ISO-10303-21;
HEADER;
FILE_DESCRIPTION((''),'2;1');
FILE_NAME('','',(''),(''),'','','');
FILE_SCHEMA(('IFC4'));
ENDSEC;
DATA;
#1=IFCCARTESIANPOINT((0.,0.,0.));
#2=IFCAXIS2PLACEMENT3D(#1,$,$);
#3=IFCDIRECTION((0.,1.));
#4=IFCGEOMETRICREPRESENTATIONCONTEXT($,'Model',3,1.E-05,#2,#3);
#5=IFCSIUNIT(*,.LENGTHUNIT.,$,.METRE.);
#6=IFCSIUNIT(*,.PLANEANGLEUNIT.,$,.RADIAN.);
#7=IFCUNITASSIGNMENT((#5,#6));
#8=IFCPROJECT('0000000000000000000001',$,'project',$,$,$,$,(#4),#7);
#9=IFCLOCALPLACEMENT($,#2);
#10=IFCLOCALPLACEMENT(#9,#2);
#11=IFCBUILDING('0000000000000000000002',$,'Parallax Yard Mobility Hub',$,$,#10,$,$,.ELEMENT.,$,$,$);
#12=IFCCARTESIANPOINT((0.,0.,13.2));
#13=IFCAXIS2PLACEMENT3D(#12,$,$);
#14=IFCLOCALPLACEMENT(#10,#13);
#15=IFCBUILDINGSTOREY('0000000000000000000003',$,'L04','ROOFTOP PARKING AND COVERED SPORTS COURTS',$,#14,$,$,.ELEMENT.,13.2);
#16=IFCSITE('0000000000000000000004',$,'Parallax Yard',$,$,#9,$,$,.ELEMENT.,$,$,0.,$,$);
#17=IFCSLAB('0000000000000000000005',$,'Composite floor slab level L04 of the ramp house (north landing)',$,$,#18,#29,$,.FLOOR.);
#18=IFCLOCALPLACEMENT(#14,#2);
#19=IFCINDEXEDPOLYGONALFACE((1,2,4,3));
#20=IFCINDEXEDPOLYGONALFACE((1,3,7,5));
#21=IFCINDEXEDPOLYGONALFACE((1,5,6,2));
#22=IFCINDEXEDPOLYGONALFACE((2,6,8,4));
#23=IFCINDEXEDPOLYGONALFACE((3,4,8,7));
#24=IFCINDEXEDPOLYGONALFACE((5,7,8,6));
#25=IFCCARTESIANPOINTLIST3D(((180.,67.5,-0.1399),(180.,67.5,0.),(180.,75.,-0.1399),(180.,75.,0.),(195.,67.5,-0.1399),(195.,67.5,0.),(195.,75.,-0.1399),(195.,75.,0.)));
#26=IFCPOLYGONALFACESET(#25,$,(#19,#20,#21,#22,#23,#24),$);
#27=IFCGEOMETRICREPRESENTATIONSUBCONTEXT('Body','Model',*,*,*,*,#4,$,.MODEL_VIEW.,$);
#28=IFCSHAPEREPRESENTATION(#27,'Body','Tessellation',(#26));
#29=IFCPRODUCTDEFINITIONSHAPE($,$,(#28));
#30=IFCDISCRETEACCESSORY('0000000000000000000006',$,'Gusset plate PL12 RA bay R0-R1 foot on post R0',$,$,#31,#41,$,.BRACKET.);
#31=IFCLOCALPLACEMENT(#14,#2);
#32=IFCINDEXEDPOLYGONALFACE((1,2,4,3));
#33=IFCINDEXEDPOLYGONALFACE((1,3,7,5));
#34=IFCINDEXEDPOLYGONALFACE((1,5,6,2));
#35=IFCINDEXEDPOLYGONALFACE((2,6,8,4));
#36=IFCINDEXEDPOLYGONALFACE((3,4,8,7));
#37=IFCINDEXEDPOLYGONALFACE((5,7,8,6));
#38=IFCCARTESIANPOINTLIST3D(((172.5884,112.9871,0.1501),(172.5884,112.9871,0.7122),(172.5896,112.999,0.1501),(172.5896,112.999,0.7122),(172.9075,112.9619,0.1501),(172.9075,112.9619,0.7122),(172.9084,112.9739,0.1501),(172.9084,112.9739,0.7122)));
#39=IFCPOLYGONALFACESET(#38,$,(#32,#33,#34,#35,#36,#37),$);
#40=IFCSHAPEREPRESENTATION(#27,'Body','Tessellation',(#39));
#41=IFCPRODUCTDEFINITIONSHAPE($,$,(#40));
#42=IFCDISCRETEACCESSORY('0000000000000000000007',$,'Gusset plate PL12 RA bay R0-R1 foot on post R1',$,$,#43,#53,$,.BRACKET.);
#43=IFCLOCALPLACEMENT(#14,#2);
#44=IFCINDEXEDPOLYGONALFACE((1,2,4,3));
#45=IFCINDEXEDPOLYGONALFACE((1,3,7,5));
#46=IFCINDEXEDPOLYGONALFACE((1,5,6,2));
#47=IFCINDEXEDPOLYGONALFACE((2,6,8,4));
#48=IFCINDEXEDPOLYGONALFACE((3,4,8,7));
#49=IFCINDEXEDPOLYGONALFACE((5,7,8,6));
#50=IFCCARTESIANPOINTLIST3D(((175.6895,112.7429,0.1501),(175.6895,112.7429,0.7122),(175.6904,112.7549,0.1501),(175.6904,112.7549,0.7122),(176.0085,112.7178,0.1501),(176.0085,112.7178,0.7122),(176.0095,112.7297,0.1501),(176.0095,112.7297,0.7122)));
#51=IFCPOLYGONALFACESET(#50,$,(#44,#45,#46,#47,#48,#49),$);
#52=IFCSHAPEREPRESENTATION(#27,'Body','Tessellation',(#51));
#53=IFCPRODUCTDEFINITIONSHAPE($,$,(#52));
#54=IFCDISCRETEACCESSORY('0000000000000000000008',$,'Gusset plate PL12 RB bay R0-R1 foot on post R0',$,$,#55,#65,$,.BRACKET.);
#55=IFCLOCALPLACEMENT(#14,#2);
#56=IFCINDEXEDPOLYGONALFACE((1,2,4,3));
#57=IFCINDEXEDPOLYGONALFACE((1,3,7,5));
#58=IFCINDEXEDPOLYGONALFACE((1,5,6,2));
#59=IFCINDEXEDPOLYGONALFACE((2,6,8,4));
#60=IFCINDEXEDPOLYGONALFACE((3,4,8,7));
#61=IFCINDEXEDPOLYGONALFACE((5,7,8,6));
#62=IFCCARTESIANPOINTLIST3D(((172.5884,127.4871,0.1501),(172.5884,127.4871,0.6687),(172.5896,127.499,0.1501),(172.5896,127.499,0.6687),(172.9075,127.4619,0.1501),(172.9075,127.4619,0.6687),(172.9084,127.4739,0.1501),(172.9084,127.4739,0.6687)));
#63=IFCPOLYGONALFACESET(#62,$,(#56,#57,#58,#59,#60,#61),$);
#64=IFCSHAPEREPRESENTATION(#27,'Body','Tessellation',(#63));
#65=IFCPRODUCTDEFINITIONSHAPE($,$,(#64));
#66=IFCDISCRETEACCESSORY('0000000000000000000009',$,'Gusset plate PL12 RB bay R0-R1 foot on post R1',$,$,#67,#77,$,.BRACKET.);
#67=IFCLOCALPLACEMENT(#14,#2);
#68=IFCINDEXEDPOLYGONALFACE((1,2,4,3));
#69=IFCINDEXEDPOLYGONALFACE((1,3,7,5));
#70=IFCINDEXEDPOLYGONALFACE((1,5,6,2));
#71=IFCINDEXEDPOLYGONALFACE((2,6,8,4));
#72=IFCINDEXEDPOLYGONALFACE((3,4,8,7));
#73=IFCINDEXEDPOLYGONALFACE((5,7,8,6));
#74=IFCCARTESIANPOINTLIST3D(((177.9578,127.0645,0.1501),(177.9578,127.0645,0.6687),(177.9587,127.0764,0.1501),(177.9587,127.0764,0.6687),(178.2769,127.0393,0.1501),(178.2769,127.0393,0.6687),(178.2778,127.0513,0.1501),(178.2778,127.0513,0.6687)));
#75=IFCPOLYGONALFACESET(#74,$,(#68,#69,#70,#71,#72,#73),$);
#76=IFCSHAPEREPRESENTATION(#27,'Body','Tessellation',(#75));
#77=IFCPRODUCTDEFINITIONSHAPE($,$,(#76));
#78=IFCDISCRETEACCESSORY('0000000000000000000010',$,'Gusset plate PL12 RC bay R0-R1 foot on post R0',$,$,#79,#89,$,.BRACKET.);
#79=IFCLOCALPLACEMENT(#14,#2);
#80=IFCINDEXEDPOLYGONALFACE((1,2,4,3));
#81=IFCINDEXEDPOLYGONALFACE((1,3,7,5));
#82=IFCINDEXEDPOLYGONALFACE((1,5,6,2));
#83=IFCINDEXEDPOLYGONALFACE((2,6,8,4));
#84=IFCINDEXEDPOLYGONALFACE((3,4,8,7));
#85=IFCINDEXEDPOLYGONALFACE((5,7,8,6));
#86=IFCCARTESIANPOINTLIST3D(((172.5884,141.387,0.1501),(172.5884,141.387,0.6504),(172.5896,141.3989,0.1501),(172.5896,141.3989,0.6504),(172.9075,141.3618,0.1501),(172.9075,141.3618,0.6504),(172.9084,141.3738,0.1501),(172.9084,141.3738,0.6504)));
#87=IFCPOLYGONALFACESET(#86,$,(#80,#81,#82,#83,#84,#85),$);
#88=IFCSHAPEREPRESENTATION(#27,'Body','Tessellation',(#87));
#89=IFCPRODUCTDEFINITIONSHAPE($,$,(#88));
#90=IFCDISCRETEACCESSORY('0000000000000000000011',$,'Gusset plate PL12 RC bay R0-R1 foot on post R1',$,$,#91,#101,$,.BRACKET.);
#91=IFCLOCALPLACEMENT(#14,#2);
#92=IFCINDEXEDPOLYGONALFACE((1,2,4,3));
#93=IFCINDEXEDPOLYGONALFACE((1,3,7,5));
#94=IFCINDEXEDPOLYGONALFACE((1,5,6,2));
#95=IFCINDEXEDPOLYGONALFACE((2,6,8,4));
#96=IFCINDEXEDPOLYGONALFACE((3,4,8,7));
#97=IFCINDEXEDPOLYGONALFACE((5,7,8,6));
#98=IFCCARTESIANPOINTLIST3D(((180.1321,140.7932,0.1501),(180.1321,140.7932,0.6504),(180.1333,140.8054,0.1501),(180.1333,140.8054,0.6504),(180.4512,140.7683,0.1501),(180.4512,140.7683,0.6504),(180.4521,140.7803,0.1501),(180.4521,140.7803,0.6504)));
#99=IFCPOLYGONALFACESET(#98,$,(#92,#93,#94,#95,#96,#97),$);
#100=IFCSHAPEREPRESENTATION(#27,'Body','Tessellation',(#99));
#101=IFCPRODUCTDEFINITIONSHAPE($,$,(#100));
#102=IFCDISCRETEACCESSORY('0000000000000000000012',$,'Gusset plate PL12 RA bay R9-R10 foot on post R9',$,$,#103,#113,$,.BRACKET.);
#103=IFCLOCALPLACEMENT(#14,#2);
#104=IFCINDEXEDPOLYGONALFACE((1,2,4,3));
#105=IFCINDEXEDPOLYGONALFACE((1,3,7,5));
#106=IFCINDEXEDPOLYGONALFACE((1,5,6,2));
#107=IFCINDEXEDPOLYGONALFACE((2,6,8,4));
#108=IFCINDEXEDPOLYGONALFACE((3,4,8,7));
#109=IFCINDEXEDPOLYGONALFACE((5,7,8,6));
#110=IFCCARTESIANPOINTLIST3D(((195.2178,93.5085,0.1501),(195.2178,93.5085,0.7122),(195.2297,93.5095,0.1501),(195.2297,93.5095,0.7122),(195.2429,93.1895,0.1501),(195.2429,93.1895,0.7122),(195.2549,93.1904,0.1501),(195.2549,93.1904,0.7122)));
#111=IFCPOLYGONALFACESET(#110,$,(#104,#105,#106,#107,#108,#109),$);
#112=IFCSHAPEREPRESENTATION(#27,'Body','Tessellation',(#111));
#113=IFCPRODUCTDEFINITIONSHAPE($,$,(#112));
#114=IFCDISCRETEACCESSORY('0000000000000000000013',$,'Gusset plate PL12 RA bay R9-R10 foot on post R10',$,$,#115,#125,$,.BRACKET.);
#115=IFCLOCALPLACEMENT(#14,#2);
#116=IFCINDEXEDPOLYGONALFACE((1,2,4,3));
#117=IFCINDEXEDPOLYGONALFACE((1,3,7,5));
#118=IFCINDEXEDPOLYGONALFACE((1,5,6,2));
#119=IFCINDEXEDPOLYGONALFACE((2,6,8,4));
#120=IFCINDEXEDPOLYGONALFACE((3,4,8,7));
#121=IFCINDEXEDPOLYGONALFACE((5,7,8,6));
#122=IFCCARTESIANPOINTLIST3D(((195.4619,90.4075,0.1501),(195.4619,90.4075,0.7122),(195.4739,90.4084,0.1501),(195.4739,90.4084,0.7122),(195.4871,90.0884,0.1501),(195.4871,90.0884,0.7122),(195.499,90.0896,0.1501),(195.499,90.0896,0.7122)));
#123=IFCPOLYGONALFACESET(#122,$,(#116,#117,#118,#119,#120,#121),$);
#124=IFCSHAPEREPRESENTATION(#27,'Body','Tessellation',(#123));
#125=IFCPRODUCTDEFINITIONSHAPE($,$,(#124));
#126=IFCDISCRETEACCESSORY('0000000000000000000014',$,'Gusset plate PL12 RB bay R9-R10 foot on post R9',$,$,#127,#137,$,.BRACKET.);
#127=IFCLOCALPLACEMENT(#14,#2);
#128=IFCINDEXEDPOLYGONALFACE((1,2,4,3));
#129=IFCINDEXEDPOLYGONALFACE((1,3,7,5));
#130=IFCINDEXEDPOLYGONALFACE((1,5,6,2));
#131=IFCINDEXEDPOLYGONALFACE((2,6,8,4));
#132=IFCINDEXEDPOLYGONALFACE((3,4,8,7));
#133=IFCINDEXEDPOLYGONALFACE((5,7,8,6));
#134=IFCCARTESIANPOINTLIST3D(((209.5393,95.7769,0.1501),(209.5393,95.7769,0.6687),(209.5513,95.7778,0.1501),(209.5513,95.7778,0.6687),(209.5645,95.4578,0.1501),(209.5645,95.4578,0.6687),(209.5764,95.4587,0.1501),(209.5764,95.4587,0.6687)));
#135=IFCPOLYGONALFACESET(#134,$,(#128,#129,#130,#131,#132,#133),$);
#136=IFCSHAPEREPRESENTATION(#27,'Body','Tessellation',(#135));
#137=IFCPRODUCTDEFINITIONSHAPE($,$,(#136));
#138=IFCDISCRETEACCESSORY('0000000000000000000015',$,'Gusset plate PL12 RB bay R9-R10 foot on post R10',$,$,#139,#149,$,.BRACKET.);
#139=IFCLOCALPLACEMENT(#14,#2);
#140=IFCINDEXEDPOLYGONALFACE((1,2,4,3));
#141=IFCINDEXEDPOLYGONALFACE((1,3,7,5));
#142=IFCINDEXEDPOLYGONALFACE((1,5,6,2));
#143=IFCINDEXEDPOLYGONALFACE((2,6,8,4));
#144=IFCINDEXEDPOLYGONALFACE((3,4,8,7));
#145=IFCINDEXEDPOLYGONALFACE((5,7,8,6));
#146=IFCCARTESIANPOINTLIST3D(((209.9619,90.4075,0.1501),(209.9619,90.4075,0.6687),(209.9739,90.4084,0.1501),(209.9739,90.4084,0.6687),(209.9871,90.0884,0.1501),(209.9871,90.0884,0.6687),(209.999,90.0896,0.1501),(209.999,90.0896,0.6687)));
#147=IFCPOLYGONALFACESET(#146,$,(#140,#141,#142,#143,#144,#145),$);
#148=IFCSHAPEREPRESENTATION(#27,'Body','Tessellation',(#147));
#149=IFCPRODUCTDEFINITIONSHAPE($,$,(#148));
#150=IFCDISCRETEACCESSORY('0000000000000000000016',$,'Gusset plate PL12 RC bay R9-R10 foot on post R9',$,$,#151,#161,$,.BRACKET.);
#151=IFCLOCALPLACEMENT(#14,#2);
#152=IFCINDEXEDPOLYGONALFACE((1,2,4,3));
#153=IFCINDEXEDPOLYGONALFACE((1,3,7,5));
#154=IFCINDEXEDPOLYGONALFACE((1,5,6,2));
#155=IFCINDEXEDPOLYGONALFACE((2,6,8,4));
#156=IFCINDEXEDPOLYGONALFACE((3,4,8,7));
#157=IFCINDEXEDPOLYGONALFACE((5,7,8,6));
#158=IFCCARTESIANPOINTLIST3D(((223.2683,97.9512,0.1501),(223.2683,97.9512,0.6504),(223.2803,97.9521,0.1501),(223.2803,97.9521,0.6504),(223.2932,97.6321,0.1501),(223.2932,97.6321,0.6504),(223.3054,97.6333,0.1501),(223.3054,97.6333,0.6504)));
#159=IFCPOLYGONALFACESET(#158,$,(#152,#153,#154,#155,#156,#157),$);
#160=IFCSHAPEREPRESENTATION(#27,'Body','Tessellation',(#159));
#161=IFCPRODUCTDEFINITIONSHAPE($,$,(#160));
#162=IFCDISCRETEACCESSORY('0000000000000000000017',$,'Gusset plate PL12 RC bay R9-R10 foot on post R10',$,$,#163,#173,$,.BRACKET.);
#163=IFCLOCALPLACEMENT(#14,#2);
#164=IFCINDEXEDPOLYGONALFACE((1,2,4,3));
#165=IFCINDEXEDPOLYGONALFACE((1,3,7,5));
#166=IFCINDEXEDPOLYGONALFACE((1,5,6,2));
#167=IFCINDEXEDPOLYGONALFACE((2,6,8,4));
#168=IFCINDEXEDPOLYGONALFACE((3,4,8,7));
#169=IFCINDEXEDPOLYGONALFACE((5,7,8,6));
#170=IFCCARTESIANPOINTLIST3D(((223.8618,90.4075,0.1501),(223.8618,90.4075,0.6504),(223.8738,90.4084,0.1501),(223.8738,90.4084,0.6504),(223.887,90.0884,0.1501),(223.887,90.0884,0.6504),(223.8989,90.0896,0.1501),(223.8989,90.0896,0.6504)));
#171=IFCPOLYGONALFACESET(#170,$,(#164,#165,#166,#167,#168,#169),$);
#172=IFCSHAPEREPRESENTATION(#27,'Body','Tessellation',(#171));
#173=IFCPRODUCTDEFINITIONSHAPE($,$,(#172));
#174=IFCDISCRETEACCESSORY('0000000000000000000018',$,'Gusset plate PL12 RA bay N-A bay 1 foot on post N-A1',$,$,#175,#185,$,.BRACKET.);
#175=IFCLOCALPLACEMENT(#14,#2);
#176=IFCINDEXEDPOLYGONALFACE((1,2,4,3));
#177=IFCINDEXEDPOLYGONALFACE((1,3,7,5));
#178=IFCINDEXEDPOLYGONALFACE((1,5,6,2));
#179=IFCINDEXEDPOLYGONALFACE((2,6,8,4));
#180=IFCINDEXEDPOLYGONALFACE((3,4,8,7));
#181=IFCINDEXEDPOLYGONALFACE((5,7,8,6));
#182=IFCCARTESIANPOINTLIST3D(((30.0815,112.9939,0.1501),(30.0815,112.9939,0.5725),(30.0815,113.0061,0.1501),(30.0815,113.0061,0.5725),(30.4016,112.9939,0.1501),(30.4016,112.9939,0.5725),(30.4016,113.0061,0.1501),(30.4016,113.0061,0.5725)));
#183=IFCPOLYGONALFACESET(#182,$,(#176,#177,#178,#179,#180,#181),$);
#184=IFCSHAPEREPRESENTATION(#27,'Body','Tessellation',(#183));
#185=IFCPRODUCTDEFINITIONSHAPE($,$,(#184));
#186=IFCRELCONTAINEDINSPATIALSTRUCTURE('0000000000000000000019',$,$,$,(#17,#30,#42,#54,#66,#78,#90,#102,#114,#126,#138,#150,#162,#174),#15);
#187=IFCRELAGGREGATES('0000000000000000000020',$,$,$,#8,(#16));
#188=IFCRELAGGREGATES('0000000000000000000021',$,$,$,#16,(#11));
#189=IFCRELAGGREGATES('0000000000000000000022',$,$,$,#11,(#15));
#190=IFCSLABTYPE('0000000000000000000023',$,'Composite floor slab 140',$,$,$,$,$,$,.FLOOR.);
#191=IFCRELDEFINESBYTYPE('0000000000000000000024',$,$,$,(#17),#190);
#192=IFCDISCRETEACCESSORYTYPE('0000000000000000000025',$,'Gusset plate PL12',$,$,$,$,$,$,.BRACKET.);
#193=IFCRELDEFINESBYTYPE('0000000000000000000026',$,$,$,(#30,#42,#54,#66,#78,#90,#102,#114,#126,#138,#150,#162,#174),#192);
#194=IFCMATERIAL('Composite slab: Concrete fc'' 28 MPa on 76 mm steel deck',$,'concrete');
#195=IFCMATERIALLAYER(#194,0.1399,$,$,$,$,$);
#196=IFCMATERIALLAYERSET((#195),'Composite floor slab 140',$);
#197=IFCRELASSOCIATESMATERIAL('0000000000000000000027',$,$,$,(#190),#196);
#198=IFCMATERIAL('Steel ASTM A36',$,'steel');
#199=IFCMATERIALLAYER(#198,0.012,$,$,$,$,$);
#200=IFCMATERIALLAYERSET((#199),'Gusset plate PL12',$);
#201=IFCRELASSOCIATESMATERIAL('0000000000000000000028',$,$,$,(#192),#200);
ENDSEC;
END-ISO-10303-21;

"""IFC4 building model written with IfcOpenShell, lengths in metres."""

from ifc_helpers import new_model, si_unit, direction, frame, origin, place, context, subcontext, project, spatial, polyline, outline, extrude, material, layer, layer_set, type_object, element, save


model = new_model("IFC4")

# Units and contexts
model_context = context("Model", 3, precision=1e-05, world=origin(), true_north=direction((0.0, 1.0)))
body_context = subcontext(model_context, "Body", "Model", "MODEL_VIEW")
ifc_project = project(units=[si_unit("LENGTHUNIT", "METRE"), si_unit("PLANEANGLEUNIT", "RADIAN")], contexts=[model_context])

# Site, building, storey
site_placement = place(None, origin())
site = spatial("IfcSite", under=ifc_project, at=site_placement, Name="Parallax Yard", CompositionType="ELEMENT", RefElevation=0.0)
building_placement = place(site_placement, origin())
building = spatial("IfcBuilding", under=site, at=building_placement, Name="Parallax Yard Mobility Hub", CompositionType="ELEMENT")
storey_placement = place(building_placement, frame((0.0, 0.0, 13.2)))
storey = spatial("IfcBuildingStorey", under=building, at=storey_placement, Name="L04", Description="ROOFTOP PARKING AND COVERED SPORTS COURTS", CompositionType="ELEMENT", Elevation=13.2)

# Slab
ifc_material_1 = material(Name="Composite slab: Concrete fc' 28 MPa on 76 mm steel deck", Category="concrete")
ifc_layer_1 = layer(ifc_material_1, 0.1399)
ifc_layer_set_1 = layer_set([ifc_layer_1], Name="Composite floor slab 140")
slab_type = type_object("IfcSlabType", Name="Composite floor slab 140", PredefinedType="FLOOR", material=ifc_layer_set_1)
slab_1_placement = place(storey_placement, frame((0.0, 0.0, -0.1399)))
element("IfcSlab", 1, at=slab_1_placement, inside=storey, type_object=slab_type, Name="Composite floor slab level L04 of the ramp house (north landing)", PredefinedType="FLOOR", context=body_context, shape_type="SweptSolid", body=[
    extrude(outline(polyline([(195.0, 67.5), (195.0, 75.0), (180.0, 75.0), (180.0, 67.5), (195.0, 67.5)])), origin(), (0.0, 0.0, 1.0), 0.1399),
])

# Discrete accessories
ifc_material_2 = material(Name="Steel ASTM A36", Category="steel")
ifc_layer_2 = layer(ifc_material_2, 0.012)
ifc_layer_set_2 = layer_set([ifc_layer_2], Name="Gusset plate PL12")
discrete_accessory_type = type_object("IfcDiscreteAccessoryType", Name="Gusset plate PL12", PredefinedType="BRACKET", material=ifc_layer_set_2)
discrete_accessory_1_placement = place(storey_placement, frame((0.0, 0.0, 0.1501)))
element("IfcDiscreteAccessory", 2, at=discrete_accessory_1_placement, inside=storey, type_object=discrete_accessory_type, Name="Gusset plate PL12 RA bay R0-R1 foot on post R0", PredefinedType="BRACKET", context=body_context, shape_type="SweptSolid", body=[
    extrude(outline(polyline([(172.5884, 112.9871), (172.9075, 112.9619), (172.9084, 112.9739), (172.5896, 112.999), (172.5884, 112.9871)])), origin(), (0.0, 0.0, 1.0), 0.562),
])
discrete_accessory_2_placement = place(storey_placement, frame((0.0, 0.0, 0.1501)))
element("IfcDiscreteAccessory", 3, at=discrete_accessory_2_placement, inside=storey, type_object=discrete_accessory_type, Name="Gusset plate PL12 RA bay R0-R1 foot on post R1", PredefinedType="BRACKET", context=body_context, shape_type="SweptSolid", body=[
    extrude(outline(polyline([(176.0095, 112.7297), (175.6904, 112.7549), (175.6895, 112.7429), (176.0085, 112.7178), (176.0095, 112.7297)])), origin(), (0.0, 0.0, 1.0), 0.562),
])
discrete_accessory_3_placement = place(storey_placement, frame((0.0, 0.0, 0.1501)))
element("IfcDiscreteAccessory", 4, at=discrete_accessory_3_placement, inside=storey, type_object=discrete_accessory_type, Name="Gusset plate PL12 RB bay R0-R1 foot on post R0", PredefinedType="BRACKET", context=body_context, shape_type="SweptSolid", body=[
    extrude(outline(polyline([(172.5884, 127.4871), (172.9075, 127.4619), (172.9084, 127.4739), (172.5896, 127.499), (172.5884, 127.4871)])), origin(), (0.0, 0.0, 1.0), 0.5186),
])
discrete_accessory_4_placement = place(storey_placement, frame((0.0, 0.0, 0.1501)))
element("IfcDiscreteAccessory", 5, at=discrete_accessory_4_placement, inside=storey, type_object=discrete_accessory_type, Name="Gusset plate PL12 RB bay R0-R1 foot on post R1", PredefinedType="BRACKET", context=body_context, shape_type="SweptSolid", body=[
    extrude(outline(polyline([(178.2778, 127.0513), (177.9587, 127.0764), (177.9578, 127.0645), (178.2769, 127.0393), (178.2778, 127.0513)])), origin(), (0.0, 0.0, 1.0), 0.5186),
])
discrete_accessory_5_placement = place(storey_placement, frame((0.0, 0.0, 0.1501)))
element("IfcDiscreteAccessory", 6, at=discrete_accessory_5_placement, inside=storey, type_object=discrete_accessory_type, Name="Gusset plate PL12 RC bay R0-R1 foot on post R0", PredefinedType="BRACKET", context=body_context, shape_type="SweptSolid", body=[
    extrude(outline(polyline([(172.5884, 141.387), (172.9075, 141.3618), (172.9084, 141.3738), (172.5896, 141.3989), (172.5884, 141.387)])), origin(), (0.0, 0.0, 1.0), 0.5002),
])
discrete_accessory_6_placement = place(storey_placement, frame((0.0, 0.0, 0.1501)))
element("IfcDiscreteAccessory", 7, at=discrete_accessory_6_placement, inside=storey, type_object=discrete_accessory_type, Name="Gusset plate PL12 RC bay R0-R1 foot on post R1", PredefinedType="BRACKET", context=body_context, shape_type="SweptSolid", body=[
    extrude(outline(polyline([(180.4521, 140.7803), (180.1333, 140.8054), (180.1321, 140.7932), (180.4512, 140.7683), (180.4521, 140.7803)])), origin(), (0.0, 0.0, 1.0), 0.5002),
])
discrete_accessory_7_placement = place(storey_placement, frame((0.0, 0.0, 0.1501)))
element("IfcDiscreteAccessory", 8, at=discrete_accessory_7_placement, inside=storey, type_object=discrete_accessory_type, Name="Gusset plate PL12 RA bay R9-R10 foot on post R9", PredefinedType="BRACKET", context=body_context, shape_type="SweptSolid", body=[
    extrude(outline(polyline([(195.2178, 93.5085), (195.2429, 93.1895), (195.2549, 93.1904), (195.2297, 93.5095), (195.2178, 93.5085)])), origin(), (0.0, 0.0, 1.0), 0.562),
])
discrete_accessory_8_placement = place(storey_placement, frame((0.0, 0.0, 0.1501)))
element("IfcDiscreteAccessory", 9, at=discrete_accessory_8_placement, inside=storey, type_object=discrete_accessory_type, Name="Gusset plate PL12 RA bay R9-R10 foot on post R10", PredefinedType="BRACKET", context=body_context, shape_type="SweptSolid", body=[
    extrude(outline(polyline([(195.499, 90.0896), (195.4739, 90.4084), (195.4619, 90.4075), (195.4871, 90.0884), (195.499, 90.0896)])), origin(), (0.0, 0.0, 1.0), 0.562),
])
discrete_accessory_9_placement = place(storey_placement, frame((0.0, 0.0, 0.1501)))
element("IfcDiscreteAccessory", 10, at=discrete_accessory_9_placement, inside=storey, type_object=discrete_accessory_type, Name="Gusset plate PL12 RB bay R9-R10 foot on post R9", PredefinedType="BRACKET", context=body_context, shape_type="SweptSolid", body=[
    extrude(outline(polyline([(209.5393, 95.7769), (209.5645, 95.4578), (209.5764, 95.4587), (209.5513, 95.7778), (209.5393, 95.7769)])), origin(), (0.0, 0.0, 1.0), 0.5186),
])
discrete_accessory_10_placement = place(storey_placement, frame((0.0, 0.0, 0.1501)))
element("IfcDiscreteAccessory", 11, at=discrete_accessory_10_placement, inside=storey, type_object=discrete_accessory_type, Name="Gusset plate PL12 RB bay R9-R10 foot on post R10", PredefinedType="BRACKET", context=body_context, shape_type="SweptSolid", body=[
    extrude(outline(polyline([(209.999, 90.0896), (209.9739, 90.4084), (209.9619, 90.4075), (209.9871, 90.0884), (209.999, 90.0896)])), origin(), (0.0, 0.0, 1.0), 0.5186),
])
discrete_accessory_11_placement = place(storey_placement, frame((0.0, 0.0, 0.1501)))
element("IfcDiscreteAccessory", 12, at=discrete_accessory_11_placement, inside=storey, type_object=discrete_accessory_type, Name="Gusset plate PL12 RC bay R9-R10 foot on post R9", PredefinedType="BRACKET", context=body_context, shape_type="SweptSolid", body=[
    extrude(outline(polyline([(223.2683, 97.9512), (223.2932, 97.6321), (223.3054, 97.6333), (223.2803, 97.9521), (223.2683, 97.9512)])), origin(), (0.0, 0.0, 1.0), 0.5002),
])
discrete_accessory_12_placement = place(storey_placement, frame((0.0, 0.0, 0.1501)))
element("IfcDiscreteAccessory", 13, at=discrete_accessory_12_placement, inside=storey, type_object=discrete_accessory_type, Name="Gusset plate PL12 RC bay R9-R10 foot on post R10", PredefinedType="BRACKET", context=body_context, shape_type="SweptSolid", body=[
    extrude(outline(polyline([(223.8989, 90.0896), (223.8738, 90.4084), (223.8618, 90.4075), (223.887, 90.0884), (223.8989, 90.0896)])), origin(), (0.0, 0.0, 1.0), 0.5002),
])
discrete_accessory_13_placement = place(storey_placement, frame((0.0, 0.0, 0.1501)))
element("IfcDiscreteAccessory", 14, at=discrete_accessory_13_placement, inside=storey, type_object=discrete_accessory_type, Name="Gusset plate PL12 RA bay N-A bay 1 foot on post N-A1", PredefinedType="BRACKET", context=body_context, shape_type="SweptSolid", body=[
    extrude(outline(polyline([(30.0815, 112.9939), (30.4016, 112.9939), (30.4016, 113.0061), (30.0815, 113.0061), (30.0815, 112.9939)])), origin(), (0.0, 0.0, 1.0), 0.4224),
])

save(model, "model.ifc")
